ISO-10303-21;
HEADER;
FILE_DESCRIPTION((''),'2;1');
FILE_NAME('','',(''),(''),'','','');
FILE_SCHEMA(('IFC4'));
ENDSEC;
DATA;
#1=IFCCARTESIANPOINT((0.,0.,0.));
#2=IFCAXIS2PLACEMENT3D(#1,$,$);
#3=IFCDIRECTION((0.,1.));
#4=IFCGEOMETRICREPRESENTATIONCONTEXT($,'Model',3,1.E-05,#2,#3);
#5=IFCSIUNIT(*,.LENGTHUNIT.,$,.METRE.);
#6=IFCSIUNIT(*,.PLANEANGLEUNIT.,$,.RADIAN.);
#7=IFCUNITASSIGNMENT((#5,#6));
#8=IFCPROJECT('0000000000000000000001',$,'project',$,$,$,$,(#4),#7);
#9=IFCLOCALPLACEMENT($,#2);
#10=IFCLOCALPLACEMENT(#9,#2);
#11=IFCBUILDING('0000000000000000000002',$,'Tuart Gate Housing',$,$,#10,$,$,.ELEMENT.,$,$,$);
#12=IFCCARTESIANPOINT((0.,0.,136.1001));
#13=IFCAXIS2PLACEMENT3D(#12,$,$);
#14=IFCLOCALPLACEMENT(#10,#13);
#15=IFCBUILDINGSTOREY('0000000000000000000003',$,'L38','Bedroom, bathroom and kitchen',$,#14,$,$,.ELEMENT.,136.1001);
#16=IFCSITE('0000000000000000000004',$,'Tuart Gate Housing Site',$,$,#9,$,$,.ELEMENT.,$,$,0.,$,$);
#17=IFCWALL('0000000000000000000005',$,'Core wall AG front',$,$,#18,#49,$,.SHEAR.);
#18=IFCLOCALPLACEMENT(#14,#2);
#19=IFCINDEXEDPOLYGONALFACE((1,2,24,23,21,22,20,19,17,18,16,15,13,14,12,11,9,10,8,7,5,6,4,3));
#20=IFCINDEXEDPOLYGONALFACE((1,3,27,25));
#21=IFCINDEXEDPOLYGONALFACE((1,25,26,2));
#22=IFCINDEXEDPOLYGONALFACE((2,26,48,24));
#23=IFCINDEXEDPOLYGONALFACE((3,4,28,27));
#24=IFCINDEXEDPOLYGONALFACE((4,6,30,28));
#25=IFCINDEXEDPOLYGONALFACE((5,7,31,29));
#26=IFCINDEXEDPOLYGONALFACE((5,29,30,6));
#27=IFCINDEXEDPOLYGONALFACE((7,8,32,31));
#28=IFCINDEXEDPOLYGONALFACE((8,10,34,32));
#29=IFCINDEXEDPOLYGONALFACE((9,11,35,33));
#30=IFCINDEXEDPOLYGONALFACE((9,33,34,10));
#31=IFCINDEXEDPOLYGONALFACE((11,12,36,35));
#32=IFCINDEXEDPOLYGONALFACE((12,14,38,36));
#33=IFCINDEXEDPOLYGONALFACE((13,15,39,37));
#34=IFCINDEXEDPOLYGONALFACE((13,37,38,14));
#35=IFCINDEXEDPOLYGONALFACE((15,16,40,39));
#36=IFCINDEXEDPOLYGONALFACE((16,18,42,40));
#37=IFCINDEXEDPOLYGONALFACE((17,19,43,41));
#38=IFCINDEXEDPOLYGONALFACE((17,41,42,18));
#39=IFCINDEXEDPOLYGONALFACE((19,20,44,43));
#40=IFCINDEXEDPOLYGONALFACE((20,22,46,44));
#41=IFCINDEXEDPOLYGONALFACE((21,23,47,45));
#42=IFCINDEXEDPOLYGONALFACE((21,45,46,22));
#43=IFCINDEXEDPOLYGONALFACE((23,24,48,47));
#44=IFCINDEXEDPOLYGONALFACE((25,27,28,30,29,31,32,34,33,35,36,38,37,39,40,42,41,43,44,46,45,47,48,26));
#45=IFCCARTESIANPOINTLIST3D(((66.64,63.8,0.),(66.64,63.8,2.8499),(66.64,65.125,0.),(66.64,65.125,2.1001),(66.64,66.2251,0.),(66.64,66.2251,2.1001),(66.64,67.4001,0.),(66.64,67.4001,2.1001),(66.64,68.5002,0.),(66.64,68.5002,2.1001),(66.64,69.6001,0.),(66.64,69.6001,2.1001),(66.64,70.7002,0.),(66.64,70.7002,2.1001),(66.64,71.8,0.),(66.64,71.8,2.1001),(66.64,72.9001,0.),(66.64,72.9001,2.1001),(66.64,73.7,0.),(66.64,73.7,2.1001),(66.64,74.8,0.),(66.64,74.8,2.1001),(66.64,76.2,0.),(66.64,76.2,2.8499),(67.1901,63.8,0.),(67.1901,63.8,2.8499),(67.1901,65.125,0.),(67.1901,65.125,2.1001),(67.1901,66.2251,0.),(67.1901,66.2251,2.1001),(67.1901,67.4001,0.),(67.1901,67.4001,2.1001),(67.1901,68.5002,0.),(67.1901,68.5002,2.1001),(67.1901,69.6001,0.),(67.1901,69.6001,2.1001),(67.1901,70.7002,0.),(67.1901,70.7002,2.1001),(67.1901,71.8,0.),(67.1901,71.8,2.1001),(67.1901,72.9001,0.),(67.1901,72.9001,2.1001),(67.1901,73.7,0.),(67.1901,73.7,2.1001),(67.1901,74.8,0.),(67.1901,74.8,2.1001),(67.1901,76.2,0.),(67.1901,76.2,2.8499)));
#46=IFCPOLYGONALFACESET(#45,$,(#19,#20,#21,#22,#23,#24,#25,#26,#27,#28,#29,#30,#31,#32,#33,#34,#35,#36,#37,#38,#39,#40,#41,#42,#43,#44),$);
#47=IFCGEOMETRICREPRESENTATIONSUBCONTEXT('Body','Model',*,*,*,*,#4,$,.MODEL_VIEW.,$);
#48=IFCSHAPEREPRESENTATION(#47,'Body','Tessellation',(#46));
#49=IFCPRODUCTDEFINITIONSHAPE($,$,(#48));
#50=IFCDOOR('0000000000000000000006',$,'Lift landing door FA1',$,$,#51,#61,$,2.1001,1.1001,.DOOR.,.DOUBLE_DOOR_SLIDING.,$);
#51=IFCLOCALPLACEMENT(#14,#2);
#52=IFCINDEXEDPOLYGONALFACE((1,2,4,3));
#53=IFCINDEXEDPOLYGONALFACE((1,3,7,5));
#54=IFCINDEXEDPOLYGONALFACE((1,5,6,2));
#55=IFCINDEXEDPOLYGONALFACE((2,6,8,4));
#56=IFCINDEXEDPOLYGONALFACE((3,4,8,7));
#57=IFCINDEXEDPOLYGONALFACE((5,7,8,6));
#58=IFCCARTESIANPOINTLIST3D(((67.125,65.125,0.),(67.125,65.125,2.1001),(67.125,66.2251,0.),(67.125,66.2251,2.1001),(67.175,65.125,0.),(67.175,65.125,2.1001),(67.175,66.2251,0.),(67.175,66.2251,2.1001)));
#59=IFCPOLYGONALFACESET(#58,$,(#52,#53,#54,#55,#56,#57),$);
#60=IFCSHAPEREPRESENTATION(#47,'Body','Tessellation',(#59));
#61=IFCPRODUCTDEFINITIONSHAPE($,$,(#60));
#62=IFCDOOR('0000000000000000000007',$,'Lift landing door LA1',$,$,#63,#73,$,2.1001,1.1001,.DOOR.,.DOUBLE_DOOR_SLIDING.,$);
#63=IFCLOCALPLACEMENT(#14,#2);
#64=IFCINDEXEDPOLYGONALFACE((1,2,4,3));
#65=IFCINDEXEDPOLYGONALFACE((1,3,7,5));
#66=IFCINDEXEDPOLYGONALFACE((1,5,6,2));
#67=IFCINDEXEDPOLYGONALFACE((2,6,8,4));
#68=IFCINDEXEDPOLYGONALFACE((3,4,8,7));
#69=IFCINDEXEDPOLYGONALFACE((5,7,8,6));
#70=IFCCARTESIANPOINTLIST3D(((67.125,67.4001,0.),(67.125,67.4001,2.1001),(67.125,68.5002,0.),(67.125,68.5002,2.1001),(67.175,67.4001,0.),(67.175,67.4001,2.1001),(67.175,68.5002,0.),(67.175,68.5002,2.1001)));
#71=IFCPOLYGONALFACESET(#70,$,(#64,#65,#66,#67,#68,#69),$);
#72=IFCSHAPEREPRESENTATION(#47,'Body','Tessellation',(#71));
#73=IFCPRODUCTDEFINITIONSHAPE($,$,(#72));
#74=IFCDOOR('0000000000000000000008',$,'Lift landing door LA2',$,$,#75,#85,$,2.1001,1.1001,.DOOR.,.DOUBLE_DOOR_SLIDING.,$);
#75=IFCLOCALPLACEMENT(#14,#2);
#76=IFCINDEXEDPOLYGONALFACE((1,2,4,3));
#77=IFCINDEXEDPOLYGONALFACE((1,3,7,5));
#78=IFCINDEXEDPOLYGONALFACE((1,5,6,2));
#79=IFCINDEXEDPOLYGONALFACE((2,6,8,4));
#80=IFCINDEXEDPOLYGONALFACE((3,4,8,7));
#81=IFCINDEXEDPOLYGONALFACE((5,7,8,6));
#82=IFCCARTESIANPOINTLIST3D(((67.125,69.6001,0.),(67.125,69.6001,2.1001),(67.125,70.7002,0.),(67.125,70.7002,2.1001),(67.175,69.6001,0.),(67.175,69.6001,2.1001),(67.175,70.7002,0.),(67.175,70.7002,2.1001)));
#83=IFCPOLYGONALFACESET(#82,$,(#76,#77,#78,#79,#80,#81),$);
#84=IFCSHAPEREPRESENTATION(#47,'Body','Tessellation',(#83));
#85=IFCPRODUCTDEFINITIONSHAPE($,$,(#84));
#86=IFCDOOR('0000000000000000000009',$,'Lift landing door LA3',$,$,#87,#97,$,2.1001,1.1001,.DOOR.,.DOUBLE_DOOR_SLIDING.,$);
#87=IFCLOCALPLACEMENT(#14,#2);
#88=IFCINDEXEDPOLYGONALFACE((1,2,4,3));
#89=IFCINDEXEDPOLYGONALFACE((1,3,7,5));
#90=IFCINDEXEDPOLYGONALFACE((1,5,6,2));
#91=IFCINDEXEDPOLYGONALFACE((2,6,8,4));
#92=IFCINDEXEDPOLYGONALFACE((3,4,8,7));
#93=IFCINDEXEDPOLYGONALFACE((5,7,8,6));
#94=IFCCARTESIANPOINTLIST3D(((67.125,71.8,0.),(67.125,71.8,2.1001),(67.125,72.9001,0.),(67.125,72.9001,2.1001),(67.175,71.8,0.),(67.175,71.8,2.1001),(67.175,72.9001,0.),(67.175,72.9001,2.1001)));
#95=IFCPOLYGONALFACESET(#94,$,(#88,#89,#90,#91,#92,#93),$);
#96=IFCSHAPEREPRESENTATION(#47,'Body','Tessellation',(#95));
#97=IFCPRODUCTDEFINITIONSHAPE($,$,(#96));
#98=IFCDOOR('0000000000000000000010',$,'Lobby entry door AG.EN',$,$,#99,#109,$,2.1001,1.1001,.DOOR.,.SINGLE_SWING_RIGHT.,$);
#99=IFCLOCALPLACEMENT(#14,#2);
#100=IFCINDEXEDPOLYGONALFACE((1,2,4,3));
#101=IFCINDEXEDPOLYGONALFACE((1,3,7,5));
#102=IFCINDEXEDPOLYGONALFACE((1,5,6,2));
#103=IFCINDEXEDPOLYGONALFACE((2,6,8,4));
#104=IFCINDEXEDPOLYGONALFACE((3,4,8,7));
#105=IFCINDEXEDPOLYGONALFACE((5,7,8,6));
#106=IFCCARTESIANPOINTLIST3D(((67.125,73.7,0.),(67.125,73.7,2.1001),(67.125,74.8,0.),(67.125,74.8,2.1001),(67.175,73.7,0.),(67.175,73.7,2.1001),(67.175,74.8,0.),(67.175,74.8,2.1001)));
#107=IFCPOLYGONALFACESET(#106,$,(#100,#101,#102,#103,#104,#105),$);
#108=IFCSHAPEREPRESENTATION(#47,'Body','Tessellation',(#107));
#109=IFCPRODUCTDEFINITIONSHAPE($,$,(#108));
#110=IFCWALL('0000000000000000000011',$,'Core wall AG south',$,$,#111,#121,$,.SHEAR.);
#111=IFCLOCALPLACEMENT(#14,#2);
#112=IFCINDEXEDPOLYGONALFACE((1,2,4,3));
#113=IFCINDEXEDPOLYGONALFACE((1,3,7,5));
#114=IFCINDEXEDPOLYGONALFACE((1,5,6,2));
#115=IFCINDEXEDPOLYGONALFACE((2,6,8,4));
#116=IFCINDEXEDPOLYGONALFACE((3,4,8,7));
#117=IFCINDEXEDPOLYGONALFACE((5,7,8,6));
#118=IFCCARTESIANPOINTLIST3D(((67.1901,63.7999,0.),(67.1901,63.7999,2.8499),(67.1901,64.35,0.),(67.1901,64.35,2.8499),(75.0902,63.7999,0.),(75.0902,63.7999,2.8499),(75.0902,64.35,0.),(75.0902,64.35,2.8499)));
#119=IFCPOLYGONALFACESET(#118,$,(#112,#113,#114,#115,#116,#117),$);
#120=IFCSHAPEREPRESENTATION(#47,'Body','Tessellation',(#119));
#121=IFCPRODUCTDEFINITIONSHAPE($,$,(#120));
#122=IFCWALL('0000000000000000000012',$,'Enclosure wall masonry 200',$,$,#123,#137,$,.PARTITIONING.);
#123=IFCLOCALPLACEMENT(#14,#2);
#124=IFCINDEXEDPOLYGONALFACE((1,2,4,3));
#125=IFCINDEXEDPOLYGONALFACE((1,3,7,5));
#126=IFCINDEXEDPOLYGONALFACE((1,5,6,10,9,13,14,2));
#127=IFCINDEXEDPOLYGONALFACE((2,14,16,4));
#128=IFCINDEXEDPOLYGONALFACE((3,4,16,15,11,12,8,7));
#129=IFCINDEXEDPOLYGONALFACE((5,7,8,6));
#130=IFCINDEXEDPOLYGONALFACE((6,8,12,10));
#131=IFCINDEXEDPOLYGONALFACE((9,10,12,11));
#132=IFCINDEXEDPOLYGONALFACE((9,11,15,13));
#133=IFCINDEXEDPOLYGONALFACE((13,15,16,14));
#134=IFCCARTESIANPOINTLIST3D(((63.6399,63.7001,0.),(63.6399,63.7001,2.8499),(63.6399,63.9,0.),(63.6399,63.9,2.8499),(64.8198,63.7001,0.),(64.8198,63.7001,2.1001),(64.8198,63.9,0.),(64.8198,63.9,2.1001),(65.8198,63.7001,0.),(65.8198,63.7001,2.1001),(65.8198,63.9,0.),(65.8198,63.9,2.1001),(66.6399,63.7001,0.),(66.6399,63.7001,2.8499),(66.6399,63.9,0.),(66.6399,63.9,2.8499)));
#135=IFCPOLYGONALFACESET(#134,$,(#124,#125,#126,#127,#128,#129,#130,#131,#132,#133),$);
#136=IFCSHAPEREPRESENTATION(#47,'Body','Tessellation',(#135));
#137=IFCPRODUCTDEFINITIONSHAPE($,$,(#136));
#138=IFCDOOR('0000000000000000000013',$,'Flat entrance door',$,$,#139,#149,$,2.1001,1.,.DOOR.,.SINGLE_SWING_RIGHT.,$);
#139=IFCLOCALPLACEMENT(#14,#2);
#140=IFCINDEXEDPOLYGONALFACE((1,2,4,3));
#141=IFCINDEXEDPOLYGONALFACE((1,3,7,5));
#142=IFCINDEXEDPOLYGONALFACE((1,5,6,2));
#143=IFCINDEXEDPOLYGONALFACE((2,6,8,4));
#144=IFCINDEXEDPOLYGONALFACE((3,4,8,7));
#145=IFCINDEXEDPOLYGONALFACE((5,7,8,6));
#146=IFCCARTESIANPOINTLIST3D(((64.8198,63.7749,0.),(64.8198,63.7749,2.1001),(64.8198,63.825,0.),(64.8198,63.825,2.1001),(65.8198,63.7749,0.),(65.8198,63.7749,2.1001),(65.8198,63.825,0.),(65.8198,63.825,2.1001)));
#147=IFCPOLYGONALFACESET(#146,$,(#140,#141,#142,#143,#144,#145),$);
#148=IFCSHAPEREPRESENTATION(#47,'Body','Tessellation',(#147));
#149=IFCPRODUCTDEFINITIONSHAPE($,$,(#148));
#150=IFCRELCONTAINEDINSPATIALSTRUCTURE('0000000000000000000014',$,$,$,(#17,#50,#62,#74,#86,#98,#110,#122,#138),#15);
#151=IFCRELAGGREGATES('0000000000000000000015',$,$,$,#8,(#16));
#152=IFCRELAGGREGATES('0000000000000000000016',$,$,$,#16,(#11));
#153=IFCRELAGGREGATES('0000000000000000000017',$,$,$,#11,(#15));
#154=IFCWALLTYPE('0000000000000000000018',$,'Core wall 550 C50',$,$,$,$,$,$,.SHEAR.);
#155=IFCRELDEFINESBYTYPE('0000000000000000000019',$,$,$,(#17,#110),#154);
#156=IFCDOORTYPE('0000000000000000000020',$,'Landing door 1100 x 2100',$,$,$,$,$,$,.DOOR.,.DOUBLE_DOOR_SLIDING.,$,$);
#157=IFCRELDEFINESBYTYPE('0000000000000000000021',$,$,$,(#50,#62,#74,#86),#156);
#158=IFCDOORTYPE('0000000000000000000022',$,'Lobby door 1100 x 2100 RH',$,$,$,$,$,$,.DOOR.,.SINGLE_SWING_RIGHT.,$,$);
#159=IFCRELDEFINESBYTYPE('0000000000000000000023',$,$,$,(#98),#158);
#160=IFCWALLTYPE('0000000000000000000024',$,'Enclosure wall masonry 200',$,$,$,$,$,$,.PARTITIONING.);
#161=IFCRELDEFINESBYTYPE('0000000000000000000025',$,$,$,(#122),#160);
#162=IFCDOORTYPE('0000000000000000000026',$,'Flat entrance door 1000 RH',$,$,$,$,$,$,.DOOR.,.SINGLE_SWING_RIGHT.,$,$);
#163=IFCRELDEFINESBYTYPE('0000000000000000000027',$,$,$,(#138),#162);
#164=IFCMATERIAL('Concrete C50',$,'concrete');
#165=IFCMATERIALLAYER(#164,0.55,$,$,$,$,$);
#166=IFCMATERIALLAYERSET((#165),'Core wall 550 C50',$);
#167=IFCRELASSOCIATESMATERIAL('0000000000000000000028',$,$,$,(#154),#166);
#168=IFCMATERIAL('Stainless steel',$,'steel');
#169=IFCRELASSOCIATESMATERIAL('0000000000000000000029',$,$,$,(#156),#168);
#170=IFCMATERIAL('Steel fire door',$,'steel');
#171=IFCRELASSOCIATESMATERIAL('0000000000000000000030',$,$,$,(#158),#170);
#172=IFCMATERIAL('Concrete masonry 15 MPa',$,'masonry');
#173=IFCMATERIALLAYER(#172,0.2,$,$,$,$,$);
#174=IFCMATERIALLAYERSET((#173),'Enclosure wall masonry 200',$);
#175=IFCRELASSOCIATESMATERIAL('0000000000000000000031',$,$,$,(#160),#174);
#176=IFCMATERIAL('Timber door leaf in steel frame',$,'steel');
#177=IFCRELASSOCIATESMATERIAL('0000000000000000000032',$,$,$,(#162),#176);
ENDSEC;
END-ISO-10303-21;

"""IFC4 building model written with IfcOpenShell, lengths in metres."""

from ifc_helpers import new_model, si_unit, direction, frame, frame_2d, origin, place, context, subcontext, project, spatial, rectangle, extrude, material, layer, layer_set, type_object, element, fill, save


model = new_model("IFC4")

# Units and contexts
model_context = context("Model", 3, precision=1e-05, world=origin(), true_north=direction((0.0, 1.0)))
body_context = subcontext(model_context, "Body", "Model", "MODEL_VIEW")
ifc_project = project(units=[si_unit("LENGTHUNIT", "METRE"), si_unit("PLANEANGLEUNIT", "RADIAN")], contexts=[model_context])

# Site, building, storey
site_placement = place(None, origin())
site = spatial("IfcSite", under=ifc_project, at=site_placement, Name="Tuart Gate Housing Site", CompositionType="ELEMENT", RefElevation=0.0)
building_placement = place(site_placement, origin())
building = spatial("IfcBuilding", under=site, at=building_placement, Name="Tuart Gate Housing", CompositionType="ELEMENT")
storey_placement = place(building_placement, frame((0.0, 0.0, 136.1001)))
storey = spatial("IfcBuildingStorey", under=building, at=storey_placement, Name="L38", Description="Bedroom, bathroom and kitchen", CompositionType="ELEMENT", Elevation=136.1001)

# Wall, openings, doors
ifc_material_1 = material(Name="Concrete C50", Category="concrete")
ifc_layer_1 = layer(ifc_material_1, 0.55)
ifc_layer_set_1 = layer_set([ifc_layer_1], Name="Core wall 550 C50")
wall_type_1 = type_object("IfcWallType", Name="Core wall 550 C50", PredefinedType="SHEAR", material=ifc_layer_set_1)
wall_1_placement = place(storey_placement, frame((66.915, 63.8, 0.0), z_axis=(0.0, 0.0, 1.0), x_axis=(0.0, 1.0, 0.0)))
wall_1 = element("IfcWall", 1, at=wall_1_placement, inside=storey, type_object=wall_type_1, Name="Core wall AG front", PredefinedType="SHEAR", context=body_context, shape_type="SweptSolid", body=[
    extrude(rectangle(XDim=12.3999, YDim=0.55, at=frame_2d((6.2, 0.0))), origin(), (0.0, 0.0, 1.0), 2.8499),
])
opening_1_placement = place(wall_1_placement, frame((1.325, 0.0, 0.0)))
opening_1 = element("IfcOpeningElement", 2, at=opening_1_placement, cuts=wall_1, PredefinedType="OPENING", context=body_context, shape_type="SweptSolid", body=[
    extrude(rectangle(XDim=1.1001, YDim=2.1001, at=frame_2d((0.55, 1.05))), frame((0.0, 0.2849, 0.0), z_axis=(0.0, -1.0, 0.0), x_axis=(1.0, 0.0, 0.0)), (0.0, 0.0, 1.0), 0.5701),
])
opening_2_placement = place(wall_1_placement, frame((3.6001, 0.0, 0.0)))
opening_2 = element("IfcOpeningElement", 3, at=opening_2_placement, cuts=wall_1, PredefinedType="OPENING", context=body_context, shape_type="SweptSolid", body=[
    extrude(rectangle(XDim=1.1001, YDim=2.1001, at=frame_2d((0.55, 1.05))), frame((0.0, 0.2849, 0.0), z_axis=(0.0, -1.0, 0.0), x_axis=(1.0, 0.0, 0.0)), (0.0, 0.0, 1.0), 0.5701),
])
opening_3_placement = place(wall_1_placement, frame((5.8, 0.0, 0.0)))
opening_3 = element("IfcOpeningElement", 4, at=opening_3_placement, cuts=wall_1, PredefinedType="OPENING", context=body_context, shape_type="SweptSolid", body=[
    extrude(rectangle(XDim=1.1001, YDim=2.1001, at=frame_2d((0.55, 1.05))), frame((0.0, 0.2849, 0.0), z_axis=(0.0, -1.0, 0.0), x_axis=(1.0, 0.0, 0.0)), (0.0, 0.0, 1.0), 0.5701),
])
opening_4_placement = place(wall_1_placement, frame((8.0, 0.0, 0.0)))
opening_4 = element("IfcOpeningElement", 5, at=opening_4_placement, cuts=wall_1, PredefinedType="OPENING", context=body_context, shape_type="SweptSolid", body=[
    extrude(rectangle(XDim=1.1001, YDim=2.1001, at=frame_2d((0.55, 1.05))), frame((0.0, 0.2849, 0.0), z_axis=(0.0, -1.0, 0.0), x_axis=(1.0, 0.0, 0.0)), (0.0, 0.0, 1.0), 0.5701),
])
opening_5_placement = place(wall_1_placement, frame((9.8999, 0.0, 0.0)))
opening_5 = element("IfcOpeningElement", 6, at=opening_5_placement, cuts=wall_1, PredefinedType="OPENING", context=body_context, shape_type="SweptSolid", body=[
    extrude(rectangle(XDim=1.1001, YDim=2.1001, at=frame_2d((0.55, 1.05))), frame((0.0, 0.2849, 0.0), z_axis=(0.0, -1.0, 0.0), x_axis=(1.0, 0.0, 0.0)), (0.0, 0.0, 1.0), 0.5701),
])
ifc_material_2 = material(Name="Stainless steel", Category="steel")
door_type_1 = type_object("IfcDoorType", Name="Landing door 1100 x 2100", OperationType="DOUBLE_DOOR_SLIDING", PredefinedType="DOOR", material=ifc_material_2)
door_1_placement = place(opening_1_placement, origin())
door_1 = element("IfcDoor", 7, at=door_1_placement, inside=storey, type_object=door_type_1, Name="Lift landing door FA1", OperationType="DOUBLE_DOOR_SLIDING", OverallHeight=2.1001, OverallWidth=1.1001, PredefinedType="DOOR", context=body_context, shape_type="SweptSolid", body=[
    extrude(rectangle(XDim=1.1001, YDim=2.1001, at=frame_2d((0.55, 1.05))), frame((0.0, -0.21, 0.0), z_axis=(0.0, -1.0, 0.0), x_axis=(1.0, 0.0, 0.0)), (0.0, 0.0, 1.0), 0.05),
])
fill(opening_1, door_1)
door_2_placement = place(opening_2_placement, origin())
door_2 = element("IfcDoor", 8, at=door_2_placement, inside=storey, type_object=door_type_1, Name="Lift landing door LA1", OperationType="DOUBLE_DOOR_SLIDING", OverallHeight=2.1001, OverallWidth=1.1001, PredefinedType="DOOR", context=body_context, shape_type="SweptSolid", body=[
    extrude(rectangle(XDim=1.1001, YDim=2.1001, at=frame_2d((0.55, 1.05))), frame((0.0, -0.21, 0.0), z_axis=(0.0, -1.0, 0.0), x_axis=(1.0, 0.0, 0.0)), (0.0, 0.0, 1.0), 0.05),
])
fill(opening_2, door_2)
door_3_placement = place(opening_3_placement, origin())
door_3 = element("IfcDoor", 9, at=door_3_placement, inside=storey, type_object=door_type_1, Name="Lift landing door LA2", OperationType="DOUBLE_DOOR_SLIDING", OverallHeight=2.1001, OverallWidth=1.1001, PredefinedType="DOOR", context=body_context, shape_type="SweptSolid", body=[
    extrude(rectangle(XDim=1.1001, YDim=2.1001, at=frame_2d((0.55, 1.05))), frame((0.0, -0.21, 0.0), z_axis=(0.0, -1.0, 0.0), x_axis=(1.0, 0.0, 0.0)), (0.0, 0.0, 1.0), 0.05),
])
fill(opening_3, door_3)
door_4_placement = place(opening_4_placement, origin())
door_4 = element("IfcDoor", 10, at=door_4_placement, inside=storey, type_object=door_type_1, Name="Lift landing door LA3", OperationType="DOUBLE_DOOR_SLIDING", OverallHeight=2.1001, OverallWidth=1.1001, PredefinedType="DOOR", context=body_context, shape_type="SweptSolid", body=[
    extrude(rectangle(XDim=1.1001, YDim=2.1001, at=frame_2d((0.55, 1.05))), frame((0.0, -0.21, 0.0), z_axis=(0.0, -1.0, 0.0), x_axis=(1.0, 0.0, 0.0)), (0.0, 0.0, 1.0), 0.05),
])
fill(opening_4, door_4)
ifc_material_3 = material(Name="Steel fire door", Category="steel")
door_type_2 = type_object("IfcDoorType", Name="Lobby door 1100 x 2100 RH", OperationType="SINGLE_SWING_RIGHT", PredefinedType="DOOR", material=ifc_material_3)
door_5_placement = place(opening_5_placement, frame((1.1001, 0.0, 0.0), z_axis=(0.0, 0.0, 1.0), x_axis=(-1.0, 0.0, 0.0)))
door_5 = element("IfcDoor", 11, at=door_5_placement, inside=storey, type_object=door_type_2, Name="Lobby entry door AG.EN", OperationType="SINGLE_SWING_RIGHT", OverallHeight=2.1001, OverallWidth=1.1001, PredefinedType="DOOR", context=body_context, shape_type="SweptSolid", body=[
    extrude(rectangle(XDim=1.1001, YDim=2.1001, at=frame_2d((0.55, 1.05))), frame((0.0, 0.26, 0.0), z_axis=(0.0, -1.0, 0.0), x_axis=(1.0, 0.0, 0.0)), (0.0, 0.0, 1.0), 0.05),
])
fill(opening_5, door_5)

# Wall
wall_2_placement = place(storey_placement, frame((67.1899, 64.075, 0.0), z_axis=(0.0, 0.0, 1.0), x_axis=(1.0, 0.0, 0.0)))
element("IfcWall", 12, at=wall_2_placement, inside=storey, type_object=wall_type_1, Name="Core wall AG south", PredefinedType="SHEAR", context=body_context, shape_type="SweptSolid", body=[
    extrude(rectangle(XDim=7.9001, YDim=0.55, at=frame_2d((3.9502, 0.0))), origin(), (0.0, 0.0, 1.0), 2.8499),
])

# Wall, opening, door
ifc_material_4 = material(Name="Concrete masonry 15 MPa", Category="masonry")
ifc_layer_2 = layer(ifc_material_4, 0.2)
ifc_layer_set_2 = layer_set([ifc_layer_2], Name="Enclosure wall masonry 200")
wall_type_2 = type_object("IfcWallType", Name="Enclosure wall masonry 200", PredefinedType="PARTITIONING", material=ifc_layer_set_2)
wall_3_placement = place(storey_placement, frame((63.6399, 63.8, 0.0), z_axis=(0.0, 0.0, 1.0), x_axis=(1.0, 0.0, 0.0)))
wall_3 = element("IfcWall", 13, at=wall_3_placement, inside=storey, type_object=wall_type_2, Name="Enclosure wall masonry 200", PredefinedType="PARTITIONING", context=body_context, shape_type="SweptSolid", body=[
    extrude(rectangle(XDim=3.0, YDim=0.2, at=frame_2d((1.5, 0.0))), origin(), (0.0, 0.0, 1.0), 2.8499),
])
opening_6_placement = place(wall_3_placement, frame((1.1799, 0.0, 0.0)))
opening_6 = element("IfcOpeningElement", 14, at=opening_6_placement, cuts=wall_3, PredefinedType="OPENING", context=body_context, shape_type="SweptSolid", body=[
    extrude(rectangle(XDim=1.0, YDim=2.1001, at=frame_2d((0.5, 1.05))), frame((0.0, 0.1099, 0.0), z_axis=(0.0, -1.0, 0.0), x_axis=(1.0, 0.0, 0.0)), (0.0, 0.0, 1.0), 0.22),
])
ifc_material_5 = material(Name="Timber door leaf in steel frame", Category="steel")
door_type_3 = type_object("IfcDoorType", Name="Flat entrance door 1000 RH", OperationType="SINGLE_SWING_RIGHT", PredefinedType="DOOR", material=ifc_material_5)
door_6_placement = place(opening_6_placement, frame((1.0, 0.0, 0.0), z_axis=(0.0, 0.0, 1.0), x_axis=(-1.0, 0.0, 0.0)))
door_6 = element("IfcDoor", 15, at=door_6_placement, inside=storey, type_object=door_type_3, Name="Flat entrance door", OperationType="SINGLE_SWING_RIGHT", OverallHeight=2.1001, OverallWidth=1.0, PredefinedType="DOOR", context=body_context, shape_type="SweptSolid", body=[
    extrude(rectangle(XDim=1.0, YDim=2.1001, at=frame_2d((0.5, 1.05))), frame((0.0, 0.0251, 0.0), z_axis=(0.0, -1.0, 0.0), x_axis=(1.0, 0.0, 0.0)), (0.0, 0.0, 1.0), 0.05),
])
fill(opening_6, door_6)

save(model, "model.ifc")
